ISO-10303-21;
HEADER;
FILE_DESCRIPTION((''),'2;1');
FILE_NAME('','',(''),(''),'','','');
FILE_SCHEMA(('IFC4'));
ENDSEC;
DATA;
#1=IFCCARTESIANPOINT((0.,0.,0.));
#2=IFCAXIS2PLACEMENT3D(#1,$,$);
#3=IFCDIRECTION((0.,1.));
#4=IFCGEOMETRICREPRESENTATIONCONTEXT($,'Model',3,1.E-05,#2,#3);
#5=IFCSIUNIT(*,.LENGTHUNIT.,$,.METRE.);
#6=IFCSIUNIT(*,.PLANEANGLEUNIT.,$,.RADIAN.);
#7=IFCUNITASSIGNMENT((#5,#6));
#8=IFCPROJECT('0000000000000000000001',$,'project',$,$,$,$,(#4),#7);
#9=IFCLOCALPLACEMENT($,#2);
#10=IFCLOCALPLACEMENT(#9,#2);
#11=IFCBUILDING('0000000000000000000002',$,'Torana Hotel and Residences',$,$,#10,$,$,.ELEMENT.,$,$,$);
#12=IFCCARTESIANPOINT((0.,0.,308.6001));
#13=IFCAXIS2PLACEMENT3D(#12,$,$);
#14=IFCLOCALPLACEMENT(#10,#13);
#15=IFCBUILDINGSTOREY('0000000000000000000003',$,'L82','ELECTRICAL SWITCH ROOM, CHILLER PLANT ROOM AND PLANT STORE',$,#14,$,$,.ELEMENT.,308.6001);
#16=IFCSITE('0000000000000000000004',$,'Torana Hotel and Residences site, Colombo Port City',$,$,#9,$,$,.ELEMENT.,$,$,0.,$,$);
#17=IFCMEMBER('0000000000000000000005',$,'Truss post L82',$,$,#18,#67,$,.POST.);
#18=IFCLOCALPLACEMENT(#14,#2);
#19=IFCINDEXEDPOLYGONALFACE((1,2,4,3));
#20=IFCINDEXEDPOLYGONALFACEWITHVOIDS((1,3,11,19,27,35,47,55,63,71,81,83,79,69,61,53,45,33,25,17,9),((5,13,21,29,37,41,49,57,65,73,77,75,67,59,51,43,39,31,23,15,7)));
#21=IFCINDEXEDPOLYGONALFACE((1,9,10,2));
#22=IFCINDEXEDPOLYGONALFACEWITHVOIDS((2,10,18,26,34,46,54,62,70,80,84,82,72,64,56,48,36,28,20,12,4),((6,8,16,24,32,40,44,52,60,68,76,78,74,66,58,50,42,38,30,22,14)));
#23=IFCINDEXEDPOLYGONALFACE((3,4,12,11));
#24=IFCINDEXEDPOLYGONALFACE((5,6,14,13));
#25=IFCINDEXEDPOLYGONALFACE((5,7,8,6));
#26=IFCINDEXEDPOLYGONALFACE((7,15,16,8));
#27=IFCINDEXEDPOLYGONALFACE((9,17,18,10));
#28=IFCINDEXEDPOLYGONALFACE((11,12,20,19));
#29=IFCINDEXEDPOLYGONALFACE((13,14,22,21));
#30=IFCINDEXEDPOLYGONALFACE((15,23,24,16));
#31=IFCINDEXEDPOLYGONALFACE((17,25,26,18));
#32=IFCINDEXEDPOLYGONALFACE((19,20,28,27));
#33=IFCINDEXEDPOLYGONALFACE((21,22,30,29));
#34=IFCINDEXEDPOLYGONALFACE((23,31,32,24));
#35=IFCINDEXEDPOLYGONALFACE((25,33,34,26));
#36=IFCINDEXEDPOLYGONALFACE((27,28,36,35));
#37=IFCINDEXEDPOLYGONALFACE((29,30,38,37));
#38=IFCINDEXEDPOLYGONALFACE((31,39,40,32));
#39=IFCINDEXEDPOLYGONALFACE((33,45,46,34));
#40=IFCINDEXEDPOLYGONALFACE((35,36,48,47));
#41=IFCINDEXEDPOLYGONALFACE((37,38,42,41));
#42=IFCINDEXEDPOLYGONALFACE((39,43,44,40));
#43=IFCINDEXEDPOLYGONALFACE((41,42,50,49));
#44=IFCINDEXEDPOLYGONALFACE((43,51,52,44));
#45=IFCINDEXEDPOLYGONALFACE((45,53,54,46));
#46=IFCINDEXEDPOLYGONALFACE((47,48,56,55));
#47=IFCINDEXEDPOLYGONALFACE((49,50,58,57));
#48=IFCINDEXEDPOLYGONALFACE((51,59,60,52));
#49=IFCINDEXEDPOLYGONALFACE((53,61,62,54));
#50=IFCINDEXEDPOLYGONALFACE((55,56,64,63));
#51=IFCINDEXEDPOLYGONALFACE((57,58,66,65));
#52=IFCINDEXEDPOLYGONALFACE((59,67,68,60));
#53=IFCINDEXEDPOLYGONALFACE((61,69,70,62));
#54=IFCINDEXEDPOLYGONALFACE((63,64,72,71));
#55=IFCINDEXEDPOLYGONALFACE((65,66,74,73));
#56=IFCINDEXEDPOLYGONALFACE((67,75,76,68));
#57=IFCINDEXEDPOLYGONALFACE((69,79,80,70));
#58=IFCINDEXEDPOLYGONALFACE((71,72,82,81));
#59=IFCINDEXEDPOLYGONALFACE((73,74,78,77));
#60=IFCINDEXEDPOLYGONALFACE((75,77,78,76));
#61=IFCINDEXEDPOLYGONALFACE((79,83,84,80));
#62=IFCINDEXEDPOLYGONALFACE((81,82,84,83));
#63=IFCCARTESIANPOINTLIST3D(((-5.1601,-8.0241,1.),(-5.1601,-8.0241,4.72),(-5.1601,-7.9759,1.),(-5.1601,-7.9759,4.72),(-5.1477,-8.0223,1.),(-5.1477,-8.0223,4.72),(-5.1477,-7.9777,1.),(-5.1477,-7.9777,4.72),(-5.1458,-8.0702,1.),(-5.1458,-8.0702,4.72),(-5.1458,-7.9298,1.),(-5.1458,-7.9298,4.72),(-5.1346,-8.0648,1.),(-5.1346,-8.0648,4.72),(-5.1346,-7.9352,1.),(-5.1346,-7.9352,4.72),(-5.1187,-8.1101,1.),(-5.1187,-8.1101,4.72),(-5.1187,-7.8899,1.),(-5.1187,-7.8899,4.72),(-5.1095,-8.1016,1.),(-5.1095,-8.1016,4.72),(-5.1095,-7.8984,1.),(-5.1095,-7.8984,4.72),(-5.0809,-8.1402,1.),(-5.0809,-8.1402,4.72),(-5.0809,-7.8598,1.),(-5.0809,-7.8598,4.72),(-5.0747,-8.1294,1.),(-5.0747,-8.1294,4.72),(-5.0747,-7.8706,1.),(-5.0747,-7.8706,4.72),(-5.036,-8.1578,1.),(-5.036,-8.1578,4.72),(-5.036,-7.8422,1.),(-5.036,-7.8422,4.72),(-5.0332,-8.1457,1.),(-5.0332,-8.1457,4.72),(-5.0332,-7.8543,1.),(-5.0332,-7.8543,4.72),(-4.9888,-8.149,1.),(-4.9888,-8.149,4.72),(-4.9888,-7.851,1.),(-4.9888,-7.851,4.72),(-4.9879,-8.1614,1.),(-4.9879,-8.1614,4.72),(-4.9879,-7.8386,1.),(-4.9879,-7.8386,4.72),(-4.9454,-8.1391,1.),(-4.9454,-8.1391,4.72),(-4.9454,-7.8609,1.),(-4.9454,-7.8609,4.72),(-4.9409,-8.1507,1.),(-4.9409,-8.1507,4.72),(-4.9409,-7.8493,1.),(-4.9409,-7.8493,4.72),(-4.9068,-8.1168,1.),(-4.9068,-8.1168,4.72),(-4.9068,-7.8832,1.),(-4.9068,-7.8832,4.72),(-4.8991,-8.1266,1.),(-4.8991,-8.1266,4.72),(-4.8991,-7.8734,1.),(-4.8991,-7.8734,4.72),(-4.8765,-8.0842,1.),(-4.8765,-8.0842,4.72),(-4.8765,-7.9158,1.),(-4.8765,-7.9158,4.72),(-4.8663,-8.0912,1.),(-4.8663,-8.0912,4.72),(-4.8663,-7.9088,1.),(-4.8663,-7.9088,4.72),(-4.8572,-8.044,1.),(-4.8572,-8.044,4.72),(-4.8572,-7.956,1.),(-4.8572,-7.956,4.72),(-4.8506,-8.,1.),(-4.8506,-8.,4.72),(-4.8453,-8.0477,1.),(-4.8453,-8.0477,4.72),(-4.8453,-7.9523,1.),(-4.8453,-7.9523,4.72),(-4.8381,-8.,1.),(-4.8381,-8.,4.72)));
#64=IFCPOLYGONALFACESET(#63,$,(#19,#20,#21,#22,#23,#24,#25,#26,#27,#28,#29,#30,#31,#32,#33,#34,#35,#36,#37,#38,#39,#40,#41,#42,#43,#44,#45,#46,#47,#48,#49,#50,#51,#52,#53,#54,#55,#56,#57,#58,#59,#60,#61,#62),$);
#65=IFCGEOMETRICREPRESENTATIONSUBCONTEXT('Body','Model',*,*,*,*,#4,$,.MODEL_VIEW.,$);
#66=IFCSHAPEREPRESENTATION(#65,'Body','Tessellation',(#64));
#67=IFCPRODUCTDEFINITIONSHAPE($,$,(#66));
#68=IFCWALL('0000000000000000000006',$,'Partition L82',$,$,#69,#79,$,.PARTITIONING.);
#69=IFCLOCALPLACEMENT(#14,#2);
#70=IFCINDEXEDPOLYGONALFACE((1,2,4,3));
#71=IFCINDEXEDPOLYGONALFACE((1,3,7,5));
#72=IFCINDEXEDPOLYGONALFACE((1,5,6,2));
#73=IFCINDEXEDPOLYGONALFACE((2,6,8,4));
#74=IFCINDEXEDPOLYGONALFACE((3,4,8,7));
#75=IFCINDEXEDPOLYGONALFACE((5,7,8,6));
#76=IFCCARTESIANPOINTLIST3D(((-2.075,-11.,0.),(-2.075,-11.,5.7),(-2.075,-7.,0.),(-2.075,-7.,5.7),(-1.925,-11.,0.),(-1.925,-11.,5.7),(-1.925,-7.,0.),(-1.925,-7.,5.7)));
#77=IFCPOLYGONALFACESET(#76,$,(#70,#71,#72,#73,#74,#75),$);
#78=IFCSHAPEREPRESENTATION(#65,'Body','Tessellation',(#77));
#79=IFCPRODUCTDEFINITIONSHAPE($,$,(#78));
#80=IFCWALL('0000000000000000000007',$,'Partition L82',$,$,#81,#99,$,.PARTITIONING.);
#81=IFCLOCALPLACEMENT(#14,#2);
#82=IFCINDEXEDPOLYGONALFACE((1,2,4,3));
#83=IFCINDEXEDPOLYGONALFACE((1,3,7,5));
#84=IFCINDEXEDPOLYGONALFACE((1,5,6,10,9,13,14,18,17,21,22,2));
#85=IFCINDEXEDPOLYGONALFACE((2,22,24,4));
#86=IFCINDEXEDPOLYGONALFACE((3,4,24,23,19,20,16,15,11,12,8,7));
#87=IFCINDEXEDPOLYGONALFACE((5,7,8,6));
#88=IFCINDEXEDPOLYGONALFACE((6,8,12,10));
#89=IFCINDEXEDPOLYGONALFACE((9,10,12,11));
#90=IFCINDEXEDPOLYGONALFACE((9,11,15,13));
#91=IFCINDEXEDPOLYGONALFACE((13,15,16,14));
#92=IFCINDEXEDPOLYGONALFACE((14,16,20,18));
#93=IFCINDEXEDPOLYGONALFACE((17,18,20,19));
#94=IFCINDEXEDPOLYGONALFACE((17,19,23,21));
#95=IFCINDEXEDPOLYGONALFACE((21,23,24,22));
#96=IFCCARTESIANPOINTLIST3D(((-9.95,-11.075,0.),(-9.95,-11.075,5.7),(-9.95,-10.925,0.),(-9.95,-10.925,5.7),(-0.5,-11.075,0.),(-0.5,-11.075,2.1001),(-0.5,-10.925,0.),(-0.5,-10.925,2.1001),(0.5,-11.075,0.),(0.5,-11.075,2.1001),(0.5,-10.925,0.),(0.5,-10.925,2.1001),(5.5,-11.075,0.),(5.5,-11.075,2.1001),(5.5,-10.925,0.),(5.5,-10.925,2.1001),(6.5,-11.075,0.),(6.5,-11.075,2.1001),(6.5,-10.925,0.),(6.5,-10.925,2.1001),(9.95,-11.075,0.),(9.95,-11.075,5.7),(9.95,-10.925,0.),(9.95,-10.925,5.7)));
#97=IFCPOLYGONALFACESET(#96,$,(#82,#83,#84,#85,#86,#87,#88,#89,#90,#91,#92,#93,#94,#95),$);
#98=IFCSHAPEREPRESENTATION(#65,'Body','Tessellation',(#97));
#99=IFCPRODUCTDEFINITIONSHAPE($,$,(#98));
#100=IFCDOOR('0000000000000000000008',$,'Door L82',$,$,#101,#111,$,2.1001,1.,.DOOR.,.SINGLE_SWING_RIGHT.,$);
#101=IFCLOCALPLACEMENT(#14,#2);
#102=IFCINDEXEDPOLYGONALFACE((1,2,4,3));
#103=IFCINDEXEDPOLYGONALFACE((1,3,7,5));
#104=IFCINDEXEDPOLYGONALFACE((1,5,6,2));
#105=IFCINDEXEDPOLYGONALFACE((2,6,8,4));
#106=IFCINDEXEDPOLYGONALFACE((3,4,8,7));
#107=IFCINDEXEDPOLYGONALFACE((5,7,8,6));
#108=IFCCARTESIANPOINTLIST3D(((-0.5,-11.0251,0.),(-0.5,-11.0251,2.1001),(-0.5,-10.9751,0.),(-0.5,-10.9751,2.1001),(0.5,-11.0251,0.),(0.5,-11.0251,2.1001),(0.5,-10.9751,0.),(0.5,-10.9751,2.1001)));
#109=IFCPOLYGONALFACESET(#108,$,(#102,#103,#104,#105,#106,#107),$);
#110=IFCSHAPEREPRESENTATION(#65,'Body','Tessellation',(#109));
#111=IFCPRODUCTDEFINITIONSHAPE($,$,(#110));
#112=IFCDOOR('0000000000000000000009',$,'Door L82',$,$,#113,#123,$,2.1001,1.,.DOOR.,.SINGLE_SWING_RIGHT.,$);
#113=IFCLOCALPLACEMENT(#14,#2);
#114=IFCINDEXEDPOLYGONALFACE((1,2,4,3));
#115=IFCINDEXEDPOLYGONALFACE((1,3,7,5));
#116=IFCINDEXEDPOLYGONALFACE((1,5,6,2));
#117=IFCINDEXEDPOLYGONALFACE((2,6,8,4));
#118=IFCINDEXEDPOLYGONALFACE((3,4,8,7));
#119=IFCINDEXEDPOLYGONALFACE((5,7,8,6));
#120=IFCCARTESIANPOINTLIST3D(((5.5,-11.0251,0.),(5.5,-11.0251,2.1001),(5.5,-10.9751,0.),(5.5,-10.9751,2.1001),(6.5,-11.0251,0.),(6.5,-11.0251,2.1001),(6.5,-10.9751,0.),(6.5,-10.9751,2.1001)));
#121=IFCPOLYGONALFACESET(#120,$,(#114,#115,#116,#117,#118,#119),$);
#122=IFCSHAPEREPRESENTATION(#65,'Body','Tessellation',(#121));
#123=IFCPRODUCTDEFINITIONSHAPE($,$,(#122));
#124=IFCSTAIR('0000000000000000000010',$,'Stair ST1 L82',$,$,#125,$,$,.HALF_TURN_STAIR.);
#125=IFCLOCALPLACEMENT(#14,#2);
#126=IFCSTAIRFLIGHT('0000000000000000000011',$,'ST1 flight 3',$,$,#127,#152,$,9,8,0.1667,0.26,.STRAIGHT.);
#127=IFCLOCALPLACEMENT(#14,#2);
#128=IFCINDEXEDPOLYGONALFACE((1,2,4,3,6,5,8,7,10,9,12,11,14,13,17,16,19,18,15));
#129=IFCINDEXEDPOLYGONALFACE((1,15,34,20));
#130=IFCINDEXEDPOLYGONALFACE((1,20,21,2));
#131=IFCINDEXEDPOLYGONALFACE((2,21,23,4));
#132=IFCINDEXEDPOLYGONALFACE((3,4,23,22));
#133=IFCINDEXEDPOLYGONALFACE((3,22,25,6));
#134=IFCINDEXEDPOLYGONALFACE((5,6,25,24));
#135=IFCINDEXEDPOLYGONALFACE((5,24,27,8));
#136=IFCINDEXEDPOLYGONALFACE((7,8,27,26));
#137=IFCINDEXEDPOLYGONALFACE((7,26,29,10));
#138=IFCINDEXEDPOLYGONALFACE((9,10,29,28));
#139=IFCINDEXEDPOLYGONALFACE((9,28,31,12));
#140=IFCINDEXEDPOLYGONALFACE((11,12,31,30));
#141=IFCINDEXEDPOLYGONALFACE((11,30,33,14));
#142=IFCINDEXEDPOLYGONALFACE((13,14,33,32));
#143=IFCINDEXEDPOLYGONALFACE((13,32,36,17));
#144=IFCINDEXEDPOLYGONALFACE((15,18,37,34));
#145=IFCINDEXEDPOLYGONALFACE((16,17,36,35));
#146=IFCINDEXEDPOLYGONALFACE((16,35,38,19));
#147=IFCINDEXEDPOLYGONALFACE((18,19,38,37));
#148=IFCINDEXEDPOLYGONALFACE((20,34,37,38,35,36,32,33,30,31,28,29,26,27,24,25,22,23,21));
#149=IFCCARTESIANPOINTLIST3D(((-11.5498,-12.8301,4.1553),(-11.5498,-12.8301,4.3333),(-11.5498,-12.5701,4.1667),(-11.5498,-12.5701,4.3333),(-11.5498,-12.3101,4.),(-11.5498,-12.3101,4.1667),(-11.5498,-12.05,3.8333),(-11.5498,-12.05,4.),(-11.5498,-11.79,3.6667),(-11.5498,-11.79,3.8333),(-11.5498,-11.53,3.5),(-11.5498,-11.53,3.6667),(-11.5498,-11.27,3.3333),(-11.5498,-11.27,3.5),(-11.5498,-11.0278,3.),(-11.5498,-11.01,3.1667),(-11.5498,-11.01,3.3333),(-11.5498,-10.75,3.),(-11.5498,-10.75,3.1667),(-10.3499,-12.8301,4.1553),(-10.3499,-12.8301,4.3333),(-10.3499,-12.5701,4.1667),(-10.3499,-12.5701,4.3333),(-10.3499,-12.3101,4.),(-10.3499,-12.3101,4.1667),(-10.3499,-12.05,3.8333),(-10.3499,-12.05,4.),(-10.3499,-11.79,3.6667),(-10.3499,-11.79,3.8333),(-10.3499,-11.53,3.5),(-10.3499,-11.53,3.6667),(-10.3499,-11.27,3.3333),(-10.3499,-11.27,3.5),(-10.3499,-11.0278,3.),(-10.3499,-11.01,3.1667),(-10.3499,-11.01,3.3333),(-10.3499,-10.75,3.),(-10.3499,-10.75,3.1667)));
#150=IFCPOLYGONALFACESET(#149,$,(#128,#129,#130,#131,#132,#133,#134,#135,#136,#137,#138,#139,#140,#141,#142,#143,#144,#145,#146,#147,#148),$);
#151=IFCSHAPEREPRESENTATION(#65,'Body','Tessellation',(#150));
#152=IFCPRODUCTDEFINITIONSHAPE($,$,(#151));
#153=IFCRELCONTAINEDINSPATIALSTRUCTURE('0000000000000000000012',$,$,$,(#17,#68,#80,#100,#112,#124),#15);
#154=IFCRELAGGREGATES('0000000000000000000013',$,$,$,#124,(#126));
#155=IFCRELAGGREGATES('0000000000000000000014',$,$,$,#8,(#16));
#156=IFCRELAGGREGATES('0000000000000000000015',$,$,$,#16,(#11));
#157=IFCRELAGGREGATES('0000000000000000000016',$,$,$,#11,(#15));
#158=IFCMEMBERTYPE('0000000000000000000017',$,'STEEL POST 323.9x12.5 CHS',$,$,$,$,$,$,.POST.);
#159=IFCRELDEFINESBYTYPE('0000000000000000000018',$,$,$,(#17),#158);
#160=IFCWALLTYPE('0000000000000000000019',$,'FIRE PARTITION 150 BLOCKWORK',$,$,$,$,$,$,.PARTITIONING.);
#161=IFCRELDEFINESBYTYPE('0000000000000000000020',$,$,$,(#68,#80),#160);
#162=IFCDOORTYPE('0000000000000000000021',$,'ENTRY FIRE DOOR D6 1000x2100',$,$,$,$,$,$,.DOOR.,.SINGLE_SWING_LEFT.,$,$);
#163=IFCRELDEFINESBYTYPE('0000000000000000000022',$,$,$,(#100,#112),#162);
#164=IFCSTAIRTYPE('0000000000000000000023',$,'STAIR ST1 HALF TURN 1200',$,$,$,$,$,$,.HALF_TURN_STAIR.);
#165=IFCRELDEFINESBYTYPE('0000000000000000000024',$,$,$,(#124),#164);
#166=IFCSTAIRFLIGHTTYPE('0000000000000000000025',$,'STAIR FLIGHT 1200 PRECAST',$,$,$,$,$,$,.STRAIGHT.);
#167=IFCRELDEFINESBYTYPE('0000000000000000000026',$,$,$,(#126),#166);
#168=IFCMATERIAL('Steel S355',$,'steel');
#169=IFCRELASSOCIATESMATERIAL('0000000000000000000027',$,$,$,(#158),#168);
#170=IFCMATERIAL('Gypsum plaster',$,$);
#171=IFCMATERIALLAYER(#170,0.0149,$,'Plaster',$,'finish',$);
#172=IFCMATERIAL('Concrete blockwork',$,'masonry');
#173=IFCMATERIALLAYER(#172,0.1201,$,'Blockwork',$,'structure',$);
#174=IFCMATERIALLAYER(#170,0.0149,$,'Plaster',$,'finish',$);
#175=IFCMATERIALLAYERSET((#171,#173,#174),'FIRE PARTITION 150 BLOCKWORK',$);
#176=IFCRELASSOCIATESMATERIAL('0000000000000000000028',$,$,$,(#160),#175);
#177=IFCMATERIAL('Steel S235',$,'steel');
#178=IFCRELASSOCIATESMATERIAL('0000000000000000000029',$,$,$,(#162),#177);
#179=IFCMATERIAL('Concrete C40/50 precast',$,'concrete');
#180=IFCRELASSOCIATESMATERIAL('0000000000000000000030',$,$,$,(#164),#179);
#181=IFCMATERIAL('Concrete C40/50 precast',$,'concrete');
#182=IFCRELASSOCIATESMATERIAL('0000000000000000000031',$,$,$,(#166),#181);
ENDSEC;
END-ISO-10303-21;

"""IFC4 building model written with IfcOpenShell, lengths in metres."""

from ifc_helpers import new_model, si_unit, direction, frame, frame_2d, origin, origin_2d, place, context, subcontext, project, spatial, polyline, rectangle, hollow_circle, outline, extrude, material, layer, layer_set, material_profile, profile_set, type_object, element, fill, aggregate, save


model = new_model("IFC4")

# Units and contexts
model_context = context("Model", 3, precision=1e-05, world=origin(), true_north=direction((0.0, 1.0)))
body_context = subcontext(model_context, "Body", "Model", "MODEL_VIEW")
ifc_project = project(units=[si_unit("LENGTHUNIT", "METRE"), si_unit("PLANEANGLEUNIT", "RADIAN")], contexts=[model_context])

# Site, building, storey
site_placement = place(None, origin())
site = spatial("IfcSite", under=ifc_project, at=site_placement, Name="Torana Hotel and Residences site, Colombo Port City", CompositionType="ELEMENT", RefElevation=0.0)
building_placement = place(site_placement, origin())
building = spatial("IfcBuilding", under=site, at=building_placement, Name="Torana Hotel and Residences", CompositionType="ELEMENT")
storey_placement = place(building_placement, frame((0.0, 0.0, 308.6001)))
storey = spatial("IfcBuildingStorey", under=building, at=storey_placement, Name="L82", Description="ELECTRICAL SWITCH ROOM, CHILLER PLANT ROOM AND PLANT STORE", CompositionType="ELEMENT", Elevation=308.6001)

# Member
ifc_material_1 = material(Name="Steel S355", Category="steel")
ifc_material_profile_1 = material_profile(ifc_material_1, hollow_circle(Radius=0.1619, WallThickness=0.0125, at=origin_2d()), Name="323.9x12.5 CHS")
ifc_profile_set_1 = profile_set([ifc_material_profile_1], Name="Steel S355")
member_type_1 = type_object("IfcMemberType", Name="STEEL POST 323.9x12.5 CHS", PredefinedType="POST", material=ifc_profile_set_1)
for number, where, z_axis, x_axis, name in (
    (1, (-5.0, -8.0, 1.0), (0.0, 0.0, 1.0), (1.0, 0.0, 0.0), "Truss post L82"),
):
    element("IfcMember", number, at=place(storey_placement, frame(where, z_axis=z_axis, x_axis=x_axis)), inside=storey, type_object=member_type_1, Name=name, PredefinedType="POST", context=body_context, shape_type="SweptSolid", body=[
        extrude(hollow_circle(Radius=0.1619, WallThickness=0.0125, at=origin_2d()), origin(), (0.0, 0.0, 1.0), 3.72),
    ])

# Wall
ifc_material_2 = material(Name="Gypsum plaster")
ifc_layer_1 = layer(ifc_material_2, 0.0149, Name="Plaster", Category="finish")
ifc_material_3 = material(Name="Concrete blockwork", Category="masonry")
ifc_layer_2 = layer(ifc_material_3, 0.1201, Name="Blockwork", Category="structure")
ifc_layer_3 = layer(ifc_material_2, 0.0149, Name="Plaster", Category="finish")
ifc_layer_set = layer_set([ifc_layer_1, ifc_layer_2, ifc_layer_3], Name="FIRE PARTITION 150 BLOCKWORK")
wall_type = type_object("IfcWallType", Name="FIRE PARTITION 150 BLOCKWORK", PredefinedType="PARTITIONING", material=ifc_layer_set)
wall_1_placement = place(storey_placement, frame((-2.0, -11.0, 0.0), z_axis=(0.0, 0.0, 1.0), x_axis=(0.0, 1.0, 0.0)))
element("IfcWall", 2, at=wall_1_placement, inside=storey, type_object=wall_type, Name="Partition L82", PredefinedType="PARTITIONING", context=body_context, shape_type="SweptSolid", body=[
    extrude(rectangle(XDim=4.0, YDim=0.1499, at=frame_2d((2.0, 0.0))), origin(), (0.0, 0.0, 1.0), 5.7),
])

# Wall, openings, doors
wall_2_placement = place(storey_placement, frame((-9.95, -11.0, 0.0), z_axis=(0.0, 0.0, 1.0), x_axis=(1.0, 0.0, 0.0)))
wall_2 = element("IfcWall", 3, at=wall_2_placement, inside=storey, type_object=wall_type, Name="Partition L82", PredefinedType="PARTITIONING", context=body_context, shape_type="SweptSolid", body=[
    extrude(rectangle(XDim=19.8999, YDim=0.1499, at=frame_2d((9.95, 0.0))), origin(), (0.0, 0.0, 1.0), 5.7),
])
opening_1_placement = place(wall_2_placement, frame((9.45, 0.0, 0.0)))
opening_1 = element("IfcOpeningElement", 4, at=opening_1_placement, cuts=wall_2, PredefinedType="OPENING", context=body_context, shape_type="SweptSolid", body=[
    extrude(rectangle(XDim=1.0, YDim=2.1001, at=frame_2d((0.5, 1.05))), frame((0.0, 0.085, 0.0), z_axis=(0.0, -1.0, 0.0), x_axis=(1.0, 0.0, 0.0)), (0.0, 0.0, 1.0), 0.1699),
])
opening_2_placement = place(wall_2_placement, frame((15.45, 0.0, 0.0)))
opening_2 = element("IfcOpeningElement", 5, at=opening_2_placement, cuts=wall_2, PredefinedType="OPENING", context=body_context, shape_type="SweptSolid", body=[
    extrude(rectangle(XDim=1.0, YDim=2.1001, at=frame_2d((0.5, 1.05))), frame((0.0, 0.085, 0.0), z_axis=(0.0, -1.0, 0.0), x_axis=(1.0, 0.0, 0.0)), (0.0, 0.0, 1.0), 0.1699),
])
ifc_material_4 = material(Name="Steel S235", Category="steel")
door_type = type_object("IfcDoorType", Name="ENTRY FIRE DOOR D6 1000x2100", OperationType="SINGLE_SWING_LEFT", PredefinedType="DOOR", material=ifc_material_4)
door_1_placement = place(opening_1_placement, origin())
door_1 = element("IfcDoor", 6, at=door_1_placement, inside=storey, type_object=door_type, Name="Door L82", OperationType="SINGLE_SWING_RIGHT", OverallHeight=2.1001, OverallWidth=1.0, PredefinedType="DOOR", context=body_context, shape_type="SweptSolid", body=[
    extrude(rectangle(XDim=1.0, YDim=2.1001, at=frame_2d((0.5, 1.05))), frame((0.0, 0.0249, 0.0), z_axis=(0.0, -1.0, 0.0), x_axis=(1.0, 0.0, 0.0)), (0.0, 0.0, 1.0), 0.05),
])
fill(opening_1, door_1)
door_2_placement = place(opening_2_placement, origin())
door_2 = element("IfcDoor", 7, at=door_2_placement, inside=storey, type_object=door_type, Name="Door L82", OperationType="SINGLE_SWING_RIGHT", OverallHeight=2.1001, OverallWidth=1.0, PredefinedType="DOOR", context=body_context, shape_type="SweptSolid", body=[
    extrude(rectangle(XDim=1.0, YDim=2.1001, at=frame_2d((0.5, 1.05))), frame((0.0, 0.0249, 0.0), z_axis=(0.0, -1.0, 0.0), x_axis=(1.0, 0.0, 0.0)), (0.0, 0.0, 1.0), 0.05),
])
fill(opening_2, door_2)

# Stair, stair flight
ifc_material_5 = material(Name="Concrete C40/50 precast", Category="concrete")
stair_type = type_object("IfcStairType", Name="STAIR ST1 HALF TURN 1200", PredefinedType="HALF_TURN_STAIR", material=ifc_material_5)
stair_placement = place(storey_placement, origin())
stair = element("IfcStair", 8, at=stair_placement, inside=storey, type_object=stair_type, Name="Stair ST1 L82", PredefinedType="HALF_TURN_STAIR")
ifc_material_6 = material(Name="Concrete C40/50 precast", Category="concrete")
stair_flight_type = type_object("IfcStairFlightType", Name="STAIR FLIGHT 1200 PRECAST", PredefinedType="STRAIGHT", material=ifc_material_6)
stair_flight_placement = place(storey_placement, frame((-10.95, -10.75, 3.0), z_axis=(0.0, 0.0, 1.0), x_axis=(0.0, -1.0, 0.0)))
stair_flight = element("IfcStairFlight", 9, at=stair_flight_placement, type_object=stair_flight_type, Name="ST1 flight 3", NumberOfRisers=9, NumberOfTreads=8, PredefinedType="STRAIGHT", RiserHeight=0.1667, TreadLength=0.26, context=body_context, shape_type="SweptSolid", body=[
    extrude(outline(polyline([(0.0, 0.0), (0.0, 0.1667), (0.26, 0.1667), (0.26, 0.3333), (0.52, 0.3333), (0.52, 0.5), (0.78, 0.5), (0.78, 0.6667), (1.04, 0.6667), (1.04, 0.8333), (1.3, 0.8333), (1.3, 1.0), (1.5601, 1.0), (1.5601, 1.1667), (1.8201, 1.1667), (1.8201, 1.3333), (2.0801, 1.3333), (2.0801, 1.5), (2.0801, 1.1553), (0.2778, 0.0), (0.0, 0.0)])), frame((0.0, 0.6001, 0.0), z_axis=(0.0, -1.0, 0.0), x_axis=(1.0, 0.0, 0.0)), (0.0, 0.0, 1.0), 1.2),
])
aggregate(stair, [stair_flight])

save(model, "model.ifc")
